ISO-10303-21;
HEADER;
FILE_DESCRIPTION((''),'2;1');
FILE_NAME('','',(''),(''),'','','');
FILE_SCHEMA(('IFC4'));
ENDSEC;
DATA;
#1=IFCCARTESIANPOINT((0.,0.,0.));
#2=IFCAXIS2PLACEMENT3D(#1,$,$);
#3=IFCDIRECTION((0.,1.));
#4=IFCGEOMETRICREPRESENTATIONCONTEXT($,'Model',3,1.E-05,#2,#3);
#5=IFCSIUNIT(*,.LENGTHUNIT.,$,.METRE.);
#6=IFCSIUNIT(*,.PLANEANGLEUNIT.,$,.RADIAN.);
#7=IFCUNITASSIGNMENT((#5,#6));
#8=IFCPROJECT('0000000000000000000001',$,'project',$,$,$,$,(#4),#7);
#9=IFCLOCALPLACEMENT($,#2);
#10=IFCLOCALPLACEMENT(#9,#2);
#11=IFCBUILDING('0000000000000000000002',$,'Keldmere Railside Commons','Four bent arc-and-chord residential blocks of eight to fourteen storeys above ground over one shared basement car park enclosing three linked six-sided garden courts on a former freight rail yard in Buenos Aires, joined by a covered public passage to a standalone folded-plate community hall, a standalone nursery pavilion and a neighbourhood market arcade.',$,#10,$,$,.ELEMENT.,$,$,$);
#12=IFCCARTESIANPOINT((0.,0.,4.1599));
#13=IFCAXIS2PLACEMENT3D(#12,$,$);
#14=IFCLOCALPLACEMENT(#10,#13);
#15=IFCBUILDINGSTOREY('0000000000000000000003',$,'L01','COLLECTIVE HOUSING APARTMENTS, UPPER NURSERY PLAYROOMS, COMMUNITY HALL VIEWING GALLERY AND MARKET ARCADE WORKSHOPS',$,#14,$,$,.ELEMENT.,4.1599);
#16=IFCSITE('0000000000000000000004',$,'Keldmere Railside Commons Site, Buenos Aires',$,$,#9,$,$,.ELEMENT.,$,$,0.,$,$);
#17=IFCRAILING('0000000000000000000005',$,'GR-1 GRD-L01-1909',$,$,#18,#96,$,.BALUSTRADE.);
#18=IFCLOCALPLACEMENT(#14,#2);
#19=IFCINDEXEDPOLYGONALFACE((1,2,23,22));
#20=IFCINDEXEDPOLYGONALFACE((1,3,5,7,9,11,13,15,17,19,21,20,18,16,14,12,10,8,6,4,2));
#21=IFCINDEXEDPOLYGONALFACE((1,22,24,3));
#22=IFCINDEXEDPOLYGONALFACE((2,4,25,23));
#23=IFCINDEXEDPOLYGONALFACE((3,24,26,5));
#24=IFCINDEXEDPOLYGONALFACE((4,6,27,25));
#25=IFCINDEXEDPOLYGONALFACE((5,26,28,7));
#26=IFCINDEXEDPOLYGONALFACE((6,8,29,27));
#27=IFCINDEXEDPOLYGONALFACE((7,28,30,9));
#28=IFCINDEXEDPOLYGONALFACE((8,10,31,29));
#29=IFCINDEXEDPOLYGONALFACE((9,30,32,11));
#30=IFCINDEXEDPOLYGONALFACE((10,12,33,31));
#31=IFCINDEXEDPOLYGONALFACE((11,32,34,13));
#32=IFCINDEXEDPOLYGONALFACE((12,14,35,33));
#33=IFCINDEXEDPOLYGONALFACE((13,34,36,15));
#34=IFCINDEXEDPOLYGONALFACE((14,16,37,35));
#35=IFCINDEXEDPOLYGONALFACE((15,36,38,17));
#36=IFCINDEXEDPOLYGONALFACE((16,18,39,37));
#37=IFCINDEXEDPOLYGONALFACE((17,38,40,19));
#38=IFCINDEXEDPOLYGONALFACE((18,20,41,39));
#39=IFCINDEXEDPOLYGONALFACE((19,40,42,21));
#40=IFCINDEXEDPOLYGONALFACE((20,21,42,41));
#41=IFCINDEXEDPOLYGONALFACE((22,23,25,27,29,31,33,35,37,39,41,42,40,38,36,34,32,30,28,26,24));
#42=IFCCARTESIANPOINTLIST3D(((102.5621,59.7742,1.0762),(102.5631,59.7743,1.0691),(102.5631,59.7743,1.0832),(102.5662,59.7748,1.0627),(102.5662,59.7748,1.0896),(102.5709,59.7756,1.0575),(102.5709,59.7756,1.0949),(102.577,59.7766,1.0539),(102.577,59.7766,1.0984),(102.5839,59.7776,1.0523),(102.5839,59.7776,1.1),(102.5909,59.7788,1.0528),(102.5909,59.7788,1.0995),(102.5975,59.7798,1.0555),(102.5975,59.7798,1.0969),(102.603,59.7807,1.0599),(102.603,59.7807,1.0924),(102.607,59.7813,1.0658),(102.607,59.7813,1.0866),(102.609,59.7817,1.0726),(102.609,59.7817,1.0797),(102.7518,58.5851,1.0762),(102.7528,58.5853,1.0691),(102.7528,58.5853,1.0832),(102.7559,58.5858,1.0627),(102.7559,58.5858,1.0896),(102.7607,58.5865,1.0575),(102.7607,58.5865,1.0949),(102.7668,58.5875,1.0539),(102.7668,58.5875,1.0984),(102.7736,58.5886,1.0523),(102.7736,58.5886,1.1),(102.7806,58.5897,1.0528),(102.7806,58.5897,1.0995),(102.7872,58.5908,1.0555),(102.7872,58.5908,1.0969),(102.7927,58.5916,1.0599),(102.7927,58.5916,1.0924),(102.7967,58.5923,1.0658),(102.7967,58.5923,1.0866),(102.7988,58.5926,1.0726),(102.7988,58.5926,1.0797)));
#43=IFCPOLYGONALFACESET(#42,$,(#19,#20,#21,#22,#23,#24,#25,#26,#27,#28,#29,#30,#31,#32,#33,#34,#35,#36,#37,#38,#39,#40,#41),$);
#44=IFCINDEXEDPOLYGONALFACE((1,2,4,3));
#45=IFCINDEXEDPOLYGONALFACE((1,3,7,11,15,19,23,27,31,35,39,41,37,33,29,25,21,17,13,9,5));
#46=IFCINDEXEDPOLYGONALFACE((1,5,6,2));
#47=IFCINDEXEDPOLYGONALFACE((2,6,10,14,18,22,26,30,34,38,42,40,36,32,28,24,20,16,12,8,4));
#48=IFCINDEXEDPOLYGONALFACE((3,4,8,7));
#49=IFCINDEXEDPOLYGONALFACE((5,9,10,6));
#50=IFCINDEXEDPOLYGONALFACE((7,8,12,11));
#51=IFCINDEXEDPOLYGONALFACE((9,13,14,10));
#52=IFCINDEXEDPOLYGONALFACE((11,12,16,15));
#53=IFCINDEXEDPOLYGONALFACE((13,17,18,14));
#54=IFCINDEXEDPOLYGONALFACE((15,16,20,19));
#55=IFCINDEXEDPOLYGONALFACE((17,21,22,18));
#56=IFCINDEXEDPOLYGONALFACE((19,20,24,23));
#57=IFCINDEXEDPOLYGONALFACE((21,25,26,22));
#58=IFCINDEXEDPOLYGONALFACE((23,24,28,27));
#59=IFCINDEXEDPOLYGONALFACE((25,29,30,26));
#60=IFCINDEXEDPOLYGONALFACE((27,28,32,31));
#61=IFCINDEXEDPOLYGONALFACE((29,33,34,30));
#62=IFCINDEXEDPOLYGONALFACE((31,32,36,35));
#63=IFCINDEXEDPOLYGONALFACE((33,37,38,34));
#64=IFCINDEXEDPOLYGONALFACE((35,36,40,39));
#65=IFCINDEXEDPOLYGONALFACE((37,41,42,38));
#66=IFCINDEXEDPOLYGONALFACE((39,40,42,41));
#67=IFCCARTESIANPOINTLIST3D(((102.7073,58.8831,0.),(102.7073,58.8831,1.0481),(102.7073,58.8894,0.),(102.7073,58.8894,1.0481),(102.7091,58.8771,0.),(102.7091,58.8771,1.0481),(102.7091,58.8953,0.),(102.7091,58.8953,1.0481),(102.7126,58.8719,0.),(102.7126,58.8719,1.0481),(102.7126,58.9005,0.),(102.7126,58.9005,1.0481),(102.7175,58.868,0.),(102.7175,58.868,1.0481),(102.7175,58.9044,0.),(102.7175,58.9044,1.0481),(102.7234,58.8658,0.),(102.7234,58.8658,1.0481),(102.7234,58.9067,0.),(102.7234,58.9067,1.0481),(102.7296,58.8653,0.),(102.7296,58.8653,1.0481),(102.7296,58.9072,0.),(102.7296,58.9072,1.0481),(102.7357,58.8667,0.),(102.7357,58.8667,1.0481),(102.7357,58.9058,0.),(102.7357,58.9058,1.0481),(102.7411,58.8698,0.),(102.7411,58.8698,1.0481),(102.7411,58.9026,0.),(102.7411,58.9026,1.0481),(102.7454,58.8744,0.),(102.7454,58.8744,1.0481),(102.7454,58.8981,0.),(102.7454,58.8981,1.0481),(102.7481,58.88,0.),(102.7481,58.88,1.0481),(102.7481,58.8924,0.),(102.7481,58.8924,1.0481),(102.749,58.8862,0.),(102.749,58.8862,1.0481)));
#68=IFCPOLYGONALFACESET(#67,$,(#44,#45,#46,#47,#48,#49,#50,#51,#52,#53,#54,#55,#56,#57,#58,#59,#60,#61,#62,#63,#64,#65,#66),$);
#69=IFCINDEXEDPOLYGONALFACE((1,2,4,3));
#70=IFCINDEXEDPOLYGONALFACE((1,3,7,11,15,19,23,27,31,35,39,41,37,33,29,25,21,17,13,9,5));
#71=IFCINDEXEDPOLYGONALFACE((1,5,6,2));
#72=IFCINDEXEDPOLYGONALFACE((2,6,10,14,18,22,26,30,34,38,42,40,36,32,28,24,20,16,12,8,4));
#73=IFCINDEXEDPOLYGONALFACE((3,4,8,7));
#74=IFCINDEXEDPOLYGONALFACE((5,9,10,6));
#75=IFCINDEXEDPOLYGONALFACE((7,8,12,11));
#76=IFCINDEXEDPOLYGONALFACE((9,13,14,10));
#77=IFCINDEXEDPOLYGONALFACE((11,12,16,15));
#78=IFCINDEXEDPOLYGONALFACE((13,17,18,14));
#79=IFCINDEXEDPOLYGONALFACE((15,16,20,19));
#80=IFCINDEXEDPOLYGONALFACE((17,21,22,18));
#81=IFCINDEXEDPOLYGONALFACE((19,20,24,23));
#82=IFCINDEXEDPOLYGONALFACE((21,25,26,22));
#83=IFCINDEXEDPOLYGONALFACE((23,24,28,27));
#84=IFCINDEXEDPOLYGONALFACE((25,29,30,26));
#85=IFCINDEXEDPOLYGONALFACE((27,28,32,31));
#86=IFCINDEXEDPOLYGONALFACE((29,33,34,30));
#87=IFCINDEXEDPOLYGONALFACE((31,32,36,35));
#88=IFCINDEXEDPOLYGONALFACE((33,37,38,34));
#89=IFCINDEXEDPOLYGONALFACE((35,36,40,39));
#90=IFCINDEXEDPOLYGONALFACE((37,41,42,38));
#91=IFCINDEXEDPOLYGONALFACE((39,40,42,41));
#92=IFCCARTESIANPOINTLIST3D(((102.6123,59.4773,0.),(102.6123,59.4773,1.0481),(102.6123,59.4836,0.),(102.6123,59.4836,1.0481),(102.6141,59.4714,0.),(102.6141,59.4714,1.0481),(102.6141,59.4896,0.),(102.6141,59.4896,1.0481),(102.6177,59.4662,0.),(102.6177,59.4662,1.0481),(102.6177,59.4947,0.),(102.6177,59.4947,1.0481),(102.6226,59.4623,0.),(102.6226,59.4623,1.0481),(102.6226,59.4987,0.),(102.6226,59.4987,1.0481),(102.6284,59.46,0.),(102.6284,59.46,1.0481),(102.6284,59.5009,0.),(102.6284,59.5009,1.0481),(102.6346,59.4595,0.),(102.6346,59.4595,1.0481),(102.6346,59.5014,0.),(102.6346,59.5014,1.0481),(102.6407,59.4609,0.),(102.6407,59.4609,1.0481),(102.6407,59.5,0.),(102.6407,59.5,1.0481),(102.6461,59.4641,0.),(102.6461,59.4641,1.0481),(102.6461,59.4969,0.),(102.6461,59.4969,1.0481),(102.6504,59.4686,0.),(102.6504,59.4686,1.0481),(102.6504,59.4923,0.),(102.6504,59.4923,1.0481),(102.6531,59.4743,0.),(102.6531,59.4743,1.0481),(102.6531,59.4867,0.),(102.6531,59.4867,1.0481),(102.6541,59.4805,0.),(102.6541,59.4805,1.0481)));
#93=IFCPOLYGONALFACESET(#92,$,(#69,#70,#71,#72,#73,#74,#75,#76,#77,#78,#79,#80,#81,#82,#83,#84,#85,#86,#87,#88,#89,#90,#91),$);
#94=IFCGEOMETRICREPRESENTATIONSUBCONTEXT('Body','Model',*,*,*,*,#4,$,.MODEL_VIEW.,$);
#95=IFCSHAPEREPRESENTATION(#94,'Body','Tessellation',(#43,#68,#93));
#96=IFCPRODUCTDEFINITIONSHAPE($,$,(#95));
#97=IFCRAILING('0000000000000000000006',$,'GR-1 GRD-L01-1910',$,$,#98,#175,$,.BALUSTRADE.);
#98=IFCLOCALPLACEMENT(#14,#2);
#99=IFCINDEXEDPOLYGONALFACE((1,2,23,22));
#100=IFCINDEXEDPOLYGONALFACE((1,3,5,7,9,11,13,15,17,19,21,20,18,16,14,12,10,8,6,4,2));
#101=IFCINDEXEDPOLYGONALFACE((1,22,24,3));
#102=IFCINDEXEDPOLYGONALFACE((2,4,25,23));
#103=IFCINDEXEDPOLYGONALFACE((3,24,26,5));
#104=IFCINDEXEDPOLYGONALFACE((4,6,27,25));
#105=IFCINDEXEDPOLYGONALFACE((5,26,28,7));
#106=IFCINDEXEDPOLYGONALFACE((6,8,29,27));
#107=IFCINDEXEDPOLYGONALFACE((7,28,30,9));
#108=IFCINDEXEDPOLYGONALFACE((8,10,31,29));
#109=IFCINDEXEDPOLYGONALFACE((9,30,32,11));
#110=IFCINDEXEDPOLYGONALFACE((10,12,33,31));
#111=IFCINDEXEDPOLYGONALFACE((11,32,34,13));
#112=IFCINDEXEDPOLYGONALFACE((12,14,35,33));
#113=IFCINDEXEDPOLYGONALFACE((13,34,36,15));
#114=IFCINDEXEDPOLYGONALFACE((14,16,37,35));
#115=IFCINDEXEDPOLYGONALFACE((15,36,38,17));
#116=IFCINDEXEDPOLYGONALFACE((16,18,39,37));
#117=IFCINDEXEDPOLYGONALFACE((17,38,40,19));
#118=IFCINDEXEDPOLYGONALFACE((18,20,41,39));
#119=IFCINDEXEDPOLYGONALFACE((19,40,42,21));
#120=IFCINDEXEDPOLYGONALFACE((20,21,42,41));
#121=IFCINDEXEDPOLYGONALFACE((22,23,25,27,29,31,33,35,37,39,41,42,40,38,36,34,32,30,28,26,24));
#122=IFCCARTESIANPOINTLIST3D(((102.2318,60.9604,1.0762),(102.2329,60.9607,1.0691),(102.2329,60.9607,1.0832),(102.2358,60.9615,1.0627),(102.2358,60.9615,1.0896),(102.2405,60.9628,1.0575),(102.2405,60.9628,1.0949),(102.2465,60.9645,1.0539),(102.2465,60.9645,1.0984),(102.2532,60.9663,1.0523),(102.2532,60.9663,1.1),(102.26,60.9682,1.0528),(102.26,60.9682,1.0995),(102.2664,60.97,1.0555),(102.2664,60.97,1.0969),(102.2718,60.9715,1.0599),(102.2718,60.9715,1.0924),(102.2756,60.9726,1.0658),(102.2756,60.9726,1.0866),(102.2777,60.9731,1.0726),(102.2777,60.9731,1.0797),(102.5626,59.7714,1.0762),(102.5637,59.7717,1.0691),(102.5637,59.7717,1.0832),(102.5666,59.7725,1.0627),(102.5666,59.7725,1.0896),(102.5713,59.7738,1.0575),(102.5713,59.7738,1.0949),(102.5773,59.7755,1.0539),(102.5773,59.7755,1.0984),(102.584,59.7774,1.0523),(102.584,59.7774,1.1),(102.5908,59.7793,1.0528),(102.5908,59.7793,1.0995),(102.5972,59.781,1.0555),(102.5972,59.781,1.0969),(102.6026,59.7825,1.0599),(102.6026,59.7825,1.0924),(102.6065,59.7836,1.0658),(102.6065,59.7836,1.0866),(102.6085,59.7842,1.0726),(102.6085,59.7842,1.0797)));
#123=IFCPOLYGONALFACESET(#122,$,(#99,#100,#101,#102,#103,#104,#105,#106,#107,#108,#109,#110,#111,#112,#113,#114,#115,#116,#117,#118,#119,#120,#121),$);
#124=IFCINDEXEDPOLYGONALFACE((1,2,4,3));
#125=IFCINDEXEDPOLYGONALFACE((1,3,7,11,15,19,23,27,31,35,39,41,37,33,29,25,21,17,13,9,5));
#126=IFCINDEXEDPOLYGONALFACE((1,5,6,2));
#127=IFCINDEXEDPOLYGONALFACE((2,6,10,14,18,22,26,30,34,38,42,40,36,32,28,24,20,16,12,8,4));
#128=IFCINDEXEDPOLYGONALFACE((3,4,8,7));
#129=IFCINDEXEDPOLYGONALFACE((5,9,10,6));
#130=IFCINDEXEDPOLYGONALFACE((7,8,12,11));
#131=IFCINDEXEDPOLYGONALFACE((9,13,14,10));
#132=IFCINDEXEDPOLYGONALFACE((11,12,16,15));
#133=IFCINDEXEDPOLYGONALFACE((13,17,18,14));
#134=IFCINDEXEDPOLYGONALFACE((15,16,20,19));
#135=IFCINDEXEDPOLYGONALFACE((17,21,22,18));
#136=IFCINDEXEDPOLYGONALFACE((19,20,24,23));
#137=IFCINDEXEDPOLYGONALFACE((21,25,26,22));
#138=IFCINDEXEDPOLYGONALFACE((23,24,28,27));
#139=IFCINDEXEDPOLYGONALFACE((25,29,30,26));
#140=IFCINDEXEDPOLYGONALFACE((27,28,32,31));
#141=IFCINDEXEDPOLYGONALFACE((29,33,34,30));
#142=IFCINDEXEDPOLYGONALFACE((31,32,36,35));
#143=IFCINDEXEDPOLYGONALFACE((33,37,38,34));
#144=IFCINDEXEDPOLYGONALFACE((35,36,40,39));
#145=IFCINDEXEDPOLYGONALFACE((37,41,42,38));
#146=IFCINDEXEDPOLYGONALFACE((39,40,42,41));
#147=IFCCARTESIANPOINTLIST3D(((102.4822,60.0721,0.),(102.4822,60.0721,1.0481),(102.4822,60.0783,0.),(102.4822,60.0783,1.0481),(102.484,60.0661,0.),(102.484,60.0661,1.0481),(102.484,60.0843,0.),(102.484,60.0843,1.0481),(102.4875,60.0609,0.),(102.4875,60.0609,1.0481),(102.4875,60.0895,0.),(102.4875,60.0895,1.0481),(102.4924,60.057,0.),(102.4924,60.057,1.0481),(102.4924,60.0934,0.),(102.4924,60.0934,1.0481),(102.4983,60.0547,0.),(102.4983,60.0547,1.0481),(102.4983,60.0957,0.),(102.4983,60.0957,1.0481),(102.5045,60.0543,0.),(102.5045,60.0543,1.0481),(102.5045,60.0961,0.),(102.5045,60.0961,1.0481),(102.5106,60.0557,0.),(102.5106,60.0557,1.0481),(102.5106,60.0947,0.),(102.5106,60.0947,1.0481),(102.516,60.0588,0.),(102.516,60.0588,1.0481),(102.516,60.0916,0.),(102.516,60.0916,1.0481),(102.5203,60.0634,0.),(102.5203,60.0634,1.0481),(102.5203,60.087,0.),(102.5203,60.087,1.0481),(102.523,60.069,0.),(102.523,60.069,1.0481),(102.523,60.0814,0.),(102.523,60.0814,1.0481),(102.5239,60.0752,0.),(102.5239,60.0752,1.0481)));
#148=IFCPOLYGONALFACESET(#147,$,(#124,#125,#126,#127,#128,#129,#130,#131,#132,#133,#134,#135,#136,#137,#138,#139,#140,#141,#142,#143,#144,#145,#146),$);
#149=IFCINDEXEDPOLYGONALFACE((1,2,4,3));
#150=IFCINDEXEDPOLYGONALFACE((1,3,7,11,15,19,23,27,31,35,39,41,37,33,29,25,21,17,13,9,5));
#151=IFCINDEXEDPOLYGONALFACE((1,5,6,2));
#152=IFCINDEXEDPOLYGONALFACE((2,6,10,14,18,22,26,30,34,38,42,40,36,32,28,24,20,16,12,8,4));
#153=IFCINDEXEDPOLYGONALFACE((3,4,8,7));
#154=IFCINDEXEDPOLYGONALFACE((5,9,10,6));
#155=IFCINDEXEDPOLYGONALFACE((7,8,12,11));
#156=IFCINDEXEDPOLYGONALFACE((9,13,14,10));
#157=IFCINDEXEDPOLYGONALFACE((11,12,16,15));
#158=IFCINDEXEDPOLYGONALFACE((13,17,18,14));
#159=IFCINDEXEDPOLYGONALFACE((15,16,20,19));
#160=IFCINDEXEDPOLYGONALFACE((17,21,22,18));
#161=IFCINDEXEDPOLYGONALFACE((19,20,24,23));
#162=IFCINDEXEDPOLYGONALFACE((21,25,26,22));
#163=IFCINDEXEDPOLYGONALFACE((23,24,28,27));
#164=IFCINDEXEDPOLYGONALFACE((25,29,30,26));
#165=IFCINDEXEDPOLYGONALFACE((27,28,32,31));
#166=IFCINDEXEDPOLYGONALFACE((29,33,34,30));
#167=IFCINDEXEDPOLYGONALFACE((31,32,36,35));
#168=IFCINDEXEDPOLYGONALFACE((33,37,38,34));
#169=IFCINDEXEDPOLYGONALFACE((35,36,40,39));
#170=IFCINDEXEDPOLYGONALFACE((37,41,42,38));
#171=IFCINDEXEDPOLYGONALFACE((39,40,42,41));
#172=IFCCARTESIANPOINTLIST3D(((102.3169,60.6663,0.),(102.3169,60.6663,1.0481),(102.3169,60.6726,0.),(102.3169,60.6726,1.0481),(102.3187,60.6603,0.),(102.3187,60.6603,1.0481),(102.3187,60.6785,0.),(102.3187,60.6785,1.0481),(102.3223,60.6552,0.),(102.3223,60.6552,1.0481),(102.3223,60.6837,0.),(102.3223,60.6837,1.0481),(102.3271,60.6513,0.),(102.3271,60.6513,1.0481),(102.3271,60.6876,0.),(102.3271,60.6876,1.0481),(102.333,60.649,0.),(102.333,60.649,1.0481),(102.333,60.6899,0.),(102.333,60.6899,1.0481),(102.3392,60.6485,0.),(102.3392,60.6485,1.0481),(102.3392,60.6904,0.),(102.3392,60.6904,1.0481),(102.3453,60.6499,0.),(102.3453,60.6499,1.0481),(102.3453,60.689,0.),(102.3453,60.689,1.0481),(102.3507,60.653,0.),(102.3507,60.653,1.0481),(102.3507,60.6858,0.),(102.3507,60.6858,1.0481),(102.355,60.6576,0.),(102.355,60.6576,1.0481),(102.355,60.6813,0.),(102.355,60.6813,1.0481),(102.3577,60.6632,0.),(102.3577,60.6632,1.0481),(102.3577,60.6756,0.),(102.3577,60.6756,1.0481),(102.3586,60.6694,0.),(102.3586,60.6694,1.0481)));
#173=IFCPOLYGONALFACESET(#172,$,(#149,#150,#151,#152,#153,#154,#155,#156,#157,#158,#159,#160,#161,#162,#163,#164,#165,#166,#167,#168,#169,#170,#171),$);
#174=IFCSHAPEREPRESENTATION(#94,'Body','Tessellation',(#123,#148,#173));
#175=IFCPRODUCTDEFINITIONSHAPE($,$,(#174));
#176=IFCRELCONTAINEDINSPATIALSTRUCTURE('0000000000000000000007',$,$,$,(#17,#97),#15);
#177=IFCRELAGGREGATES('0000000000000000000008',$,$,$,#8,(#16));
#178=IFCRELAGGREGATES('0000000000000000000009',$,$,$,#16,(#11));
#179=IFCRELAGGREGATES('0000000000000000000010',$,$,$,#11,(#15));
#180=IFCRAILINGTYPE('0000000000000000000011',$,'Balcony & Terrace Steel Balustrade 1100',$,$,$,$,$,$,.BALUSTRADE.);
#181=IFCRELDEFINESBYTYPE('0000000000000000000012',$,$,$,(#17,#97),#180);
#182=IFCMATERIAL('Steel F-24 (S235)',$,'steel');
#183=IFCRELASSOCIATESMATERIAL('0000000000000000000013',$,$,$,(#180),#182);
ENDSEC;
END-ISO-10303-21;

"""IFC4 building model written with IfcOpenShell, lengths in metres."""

from ifc_helpers import new_model, si_unit, direction, frame, origin, origin_2d, place, context, subcontext, project, spatial, circle, extrude, material, type_object, element, save


model = new_model("IFC4")

# Units and contexts
model_context = context("Model", 3, precision=1e-05, world=origin(), true_north=direction((0.0, 1.0)))
body_context = subcontext(model_context, "Body", "Model", "MODEL_VIEW")
ifc_project = project(units=[si_unit("LENGTHUNIT", "METRE"), si_unit("PLANEANGLEUNIT", "RADIAN")], contexts=[model_context])

# Site, building, storey
site_placement = place(None, origin())
site = spatial("IfcSite", under=ifc_project, at=site_placement, Name="Keldmere Railside Commons Site, Buenos Aires", CompositionType="ELEMENT", RefElevation=0.0)
building_placement = place(site_placement, origin())
building = spatial("IfcBuilding", under=site, at=building_placement, Name="Keldmere Railside Commons", Description="Four bent arc-and-chord residential blocks of eight to fourteen storeys above ground over one shared basement car park enclosing three linked six-sided garden courts on a former freight rail yard in Buenos Aires, joined by a covered public passage to a standalone folded-plate community hall, a standalone nursery pavilion and a neighbourhood market arcade.", CompositionType="ELEMENT")
storey_placement = place(building_placement, frame((0.0, 0.0, 4.1599)))
storey = spatial("IfcBuildingStorey", under=building, at=storey_placement, Name="L01", Description="COLLECTIVE HOUSING APARTMENTS, UPPER NURSERY PLAYROOMS, COMMUNITY HALL VIEWING GALLERY AND MARKET ARCADE WORKSHOPS", CompositionType="ELEMENT", Elevation=4.1599)

# Railings
ifc_material_1 = material(Name="Steel F-24 (S235)", Category="steel")
railing_type = type_object("IfcRailingType", Name="Balcony & Terrace Steel Balustrade 1100", PredefinedType="BALUSTRADE", material=ifc_material_1)
railing_1_placement = place(storey_placement, frame((102.7754, 58.5889, 0.0)))
element("IfcRailing", 1, at=railing_1_placement, inside=storey, type_object=railing_type, Name="GR-1 GRD-L01-1909", PredefinedType="BALUSTRADE", context=body_context, shape_type="SweptSolid", body=[
    extrude(circle(Radius=0.0239, at=origin_2d()), frame((0.0, 0.0, 1.0762), z_axis=(-0.157556, 0.98751, 0.0), x_axis=(-0.98751, -0.157556, 0.0)), (0.0, 0.0, 1.0), 1.2041),
    extrude(circle(Radius=0.021, at=origin_2d()), frame((-0.0474, 0.2974, 0.0)), (0.0, 0.0, 1.0), 1.0481),
    extrude(circle(Radius=0.021, at=origin_2d()), frame((-0.1423, 0.8916, 0.0)), (0.0, 0.0, 1.0), 1.0481),
])
railing_2_placement = place(storey_placement, frame((102.5857, 59.7778, 0.0)))
element("IfcRailing", 2, at=railing_2_placement, inside=storey, type_object=railing_type, Name="GR-1 GRD-L01-1910", PredefinedType="BALUSTRADE", context=body_context, shape_type="SweptSolid", body=[
    extrude(circle(Radius=0.0239, at=origin_2d()), frame((0.0, 0.0, 1.0762), z_axis=(-0.268052, 0.963404, 0.0), x_axis=(-0.963404, -0.268052, 0.0)), (0.0, 0.0, 1.0), 1.2341),
    extrude(circle(Radius=0.021, at=origin_2d()), frame((-0.0828, 0.2974, 0.0)), (0.0, 0.0, 1.0), 1.0481),
    extrude(circle(Radius=0.021, at=origin_2d()), frame((-0.248, 0.8916, 0.0)), (0.0, 0.0, 1.0), 1.0481),
])

save(model, "model.ifc")
